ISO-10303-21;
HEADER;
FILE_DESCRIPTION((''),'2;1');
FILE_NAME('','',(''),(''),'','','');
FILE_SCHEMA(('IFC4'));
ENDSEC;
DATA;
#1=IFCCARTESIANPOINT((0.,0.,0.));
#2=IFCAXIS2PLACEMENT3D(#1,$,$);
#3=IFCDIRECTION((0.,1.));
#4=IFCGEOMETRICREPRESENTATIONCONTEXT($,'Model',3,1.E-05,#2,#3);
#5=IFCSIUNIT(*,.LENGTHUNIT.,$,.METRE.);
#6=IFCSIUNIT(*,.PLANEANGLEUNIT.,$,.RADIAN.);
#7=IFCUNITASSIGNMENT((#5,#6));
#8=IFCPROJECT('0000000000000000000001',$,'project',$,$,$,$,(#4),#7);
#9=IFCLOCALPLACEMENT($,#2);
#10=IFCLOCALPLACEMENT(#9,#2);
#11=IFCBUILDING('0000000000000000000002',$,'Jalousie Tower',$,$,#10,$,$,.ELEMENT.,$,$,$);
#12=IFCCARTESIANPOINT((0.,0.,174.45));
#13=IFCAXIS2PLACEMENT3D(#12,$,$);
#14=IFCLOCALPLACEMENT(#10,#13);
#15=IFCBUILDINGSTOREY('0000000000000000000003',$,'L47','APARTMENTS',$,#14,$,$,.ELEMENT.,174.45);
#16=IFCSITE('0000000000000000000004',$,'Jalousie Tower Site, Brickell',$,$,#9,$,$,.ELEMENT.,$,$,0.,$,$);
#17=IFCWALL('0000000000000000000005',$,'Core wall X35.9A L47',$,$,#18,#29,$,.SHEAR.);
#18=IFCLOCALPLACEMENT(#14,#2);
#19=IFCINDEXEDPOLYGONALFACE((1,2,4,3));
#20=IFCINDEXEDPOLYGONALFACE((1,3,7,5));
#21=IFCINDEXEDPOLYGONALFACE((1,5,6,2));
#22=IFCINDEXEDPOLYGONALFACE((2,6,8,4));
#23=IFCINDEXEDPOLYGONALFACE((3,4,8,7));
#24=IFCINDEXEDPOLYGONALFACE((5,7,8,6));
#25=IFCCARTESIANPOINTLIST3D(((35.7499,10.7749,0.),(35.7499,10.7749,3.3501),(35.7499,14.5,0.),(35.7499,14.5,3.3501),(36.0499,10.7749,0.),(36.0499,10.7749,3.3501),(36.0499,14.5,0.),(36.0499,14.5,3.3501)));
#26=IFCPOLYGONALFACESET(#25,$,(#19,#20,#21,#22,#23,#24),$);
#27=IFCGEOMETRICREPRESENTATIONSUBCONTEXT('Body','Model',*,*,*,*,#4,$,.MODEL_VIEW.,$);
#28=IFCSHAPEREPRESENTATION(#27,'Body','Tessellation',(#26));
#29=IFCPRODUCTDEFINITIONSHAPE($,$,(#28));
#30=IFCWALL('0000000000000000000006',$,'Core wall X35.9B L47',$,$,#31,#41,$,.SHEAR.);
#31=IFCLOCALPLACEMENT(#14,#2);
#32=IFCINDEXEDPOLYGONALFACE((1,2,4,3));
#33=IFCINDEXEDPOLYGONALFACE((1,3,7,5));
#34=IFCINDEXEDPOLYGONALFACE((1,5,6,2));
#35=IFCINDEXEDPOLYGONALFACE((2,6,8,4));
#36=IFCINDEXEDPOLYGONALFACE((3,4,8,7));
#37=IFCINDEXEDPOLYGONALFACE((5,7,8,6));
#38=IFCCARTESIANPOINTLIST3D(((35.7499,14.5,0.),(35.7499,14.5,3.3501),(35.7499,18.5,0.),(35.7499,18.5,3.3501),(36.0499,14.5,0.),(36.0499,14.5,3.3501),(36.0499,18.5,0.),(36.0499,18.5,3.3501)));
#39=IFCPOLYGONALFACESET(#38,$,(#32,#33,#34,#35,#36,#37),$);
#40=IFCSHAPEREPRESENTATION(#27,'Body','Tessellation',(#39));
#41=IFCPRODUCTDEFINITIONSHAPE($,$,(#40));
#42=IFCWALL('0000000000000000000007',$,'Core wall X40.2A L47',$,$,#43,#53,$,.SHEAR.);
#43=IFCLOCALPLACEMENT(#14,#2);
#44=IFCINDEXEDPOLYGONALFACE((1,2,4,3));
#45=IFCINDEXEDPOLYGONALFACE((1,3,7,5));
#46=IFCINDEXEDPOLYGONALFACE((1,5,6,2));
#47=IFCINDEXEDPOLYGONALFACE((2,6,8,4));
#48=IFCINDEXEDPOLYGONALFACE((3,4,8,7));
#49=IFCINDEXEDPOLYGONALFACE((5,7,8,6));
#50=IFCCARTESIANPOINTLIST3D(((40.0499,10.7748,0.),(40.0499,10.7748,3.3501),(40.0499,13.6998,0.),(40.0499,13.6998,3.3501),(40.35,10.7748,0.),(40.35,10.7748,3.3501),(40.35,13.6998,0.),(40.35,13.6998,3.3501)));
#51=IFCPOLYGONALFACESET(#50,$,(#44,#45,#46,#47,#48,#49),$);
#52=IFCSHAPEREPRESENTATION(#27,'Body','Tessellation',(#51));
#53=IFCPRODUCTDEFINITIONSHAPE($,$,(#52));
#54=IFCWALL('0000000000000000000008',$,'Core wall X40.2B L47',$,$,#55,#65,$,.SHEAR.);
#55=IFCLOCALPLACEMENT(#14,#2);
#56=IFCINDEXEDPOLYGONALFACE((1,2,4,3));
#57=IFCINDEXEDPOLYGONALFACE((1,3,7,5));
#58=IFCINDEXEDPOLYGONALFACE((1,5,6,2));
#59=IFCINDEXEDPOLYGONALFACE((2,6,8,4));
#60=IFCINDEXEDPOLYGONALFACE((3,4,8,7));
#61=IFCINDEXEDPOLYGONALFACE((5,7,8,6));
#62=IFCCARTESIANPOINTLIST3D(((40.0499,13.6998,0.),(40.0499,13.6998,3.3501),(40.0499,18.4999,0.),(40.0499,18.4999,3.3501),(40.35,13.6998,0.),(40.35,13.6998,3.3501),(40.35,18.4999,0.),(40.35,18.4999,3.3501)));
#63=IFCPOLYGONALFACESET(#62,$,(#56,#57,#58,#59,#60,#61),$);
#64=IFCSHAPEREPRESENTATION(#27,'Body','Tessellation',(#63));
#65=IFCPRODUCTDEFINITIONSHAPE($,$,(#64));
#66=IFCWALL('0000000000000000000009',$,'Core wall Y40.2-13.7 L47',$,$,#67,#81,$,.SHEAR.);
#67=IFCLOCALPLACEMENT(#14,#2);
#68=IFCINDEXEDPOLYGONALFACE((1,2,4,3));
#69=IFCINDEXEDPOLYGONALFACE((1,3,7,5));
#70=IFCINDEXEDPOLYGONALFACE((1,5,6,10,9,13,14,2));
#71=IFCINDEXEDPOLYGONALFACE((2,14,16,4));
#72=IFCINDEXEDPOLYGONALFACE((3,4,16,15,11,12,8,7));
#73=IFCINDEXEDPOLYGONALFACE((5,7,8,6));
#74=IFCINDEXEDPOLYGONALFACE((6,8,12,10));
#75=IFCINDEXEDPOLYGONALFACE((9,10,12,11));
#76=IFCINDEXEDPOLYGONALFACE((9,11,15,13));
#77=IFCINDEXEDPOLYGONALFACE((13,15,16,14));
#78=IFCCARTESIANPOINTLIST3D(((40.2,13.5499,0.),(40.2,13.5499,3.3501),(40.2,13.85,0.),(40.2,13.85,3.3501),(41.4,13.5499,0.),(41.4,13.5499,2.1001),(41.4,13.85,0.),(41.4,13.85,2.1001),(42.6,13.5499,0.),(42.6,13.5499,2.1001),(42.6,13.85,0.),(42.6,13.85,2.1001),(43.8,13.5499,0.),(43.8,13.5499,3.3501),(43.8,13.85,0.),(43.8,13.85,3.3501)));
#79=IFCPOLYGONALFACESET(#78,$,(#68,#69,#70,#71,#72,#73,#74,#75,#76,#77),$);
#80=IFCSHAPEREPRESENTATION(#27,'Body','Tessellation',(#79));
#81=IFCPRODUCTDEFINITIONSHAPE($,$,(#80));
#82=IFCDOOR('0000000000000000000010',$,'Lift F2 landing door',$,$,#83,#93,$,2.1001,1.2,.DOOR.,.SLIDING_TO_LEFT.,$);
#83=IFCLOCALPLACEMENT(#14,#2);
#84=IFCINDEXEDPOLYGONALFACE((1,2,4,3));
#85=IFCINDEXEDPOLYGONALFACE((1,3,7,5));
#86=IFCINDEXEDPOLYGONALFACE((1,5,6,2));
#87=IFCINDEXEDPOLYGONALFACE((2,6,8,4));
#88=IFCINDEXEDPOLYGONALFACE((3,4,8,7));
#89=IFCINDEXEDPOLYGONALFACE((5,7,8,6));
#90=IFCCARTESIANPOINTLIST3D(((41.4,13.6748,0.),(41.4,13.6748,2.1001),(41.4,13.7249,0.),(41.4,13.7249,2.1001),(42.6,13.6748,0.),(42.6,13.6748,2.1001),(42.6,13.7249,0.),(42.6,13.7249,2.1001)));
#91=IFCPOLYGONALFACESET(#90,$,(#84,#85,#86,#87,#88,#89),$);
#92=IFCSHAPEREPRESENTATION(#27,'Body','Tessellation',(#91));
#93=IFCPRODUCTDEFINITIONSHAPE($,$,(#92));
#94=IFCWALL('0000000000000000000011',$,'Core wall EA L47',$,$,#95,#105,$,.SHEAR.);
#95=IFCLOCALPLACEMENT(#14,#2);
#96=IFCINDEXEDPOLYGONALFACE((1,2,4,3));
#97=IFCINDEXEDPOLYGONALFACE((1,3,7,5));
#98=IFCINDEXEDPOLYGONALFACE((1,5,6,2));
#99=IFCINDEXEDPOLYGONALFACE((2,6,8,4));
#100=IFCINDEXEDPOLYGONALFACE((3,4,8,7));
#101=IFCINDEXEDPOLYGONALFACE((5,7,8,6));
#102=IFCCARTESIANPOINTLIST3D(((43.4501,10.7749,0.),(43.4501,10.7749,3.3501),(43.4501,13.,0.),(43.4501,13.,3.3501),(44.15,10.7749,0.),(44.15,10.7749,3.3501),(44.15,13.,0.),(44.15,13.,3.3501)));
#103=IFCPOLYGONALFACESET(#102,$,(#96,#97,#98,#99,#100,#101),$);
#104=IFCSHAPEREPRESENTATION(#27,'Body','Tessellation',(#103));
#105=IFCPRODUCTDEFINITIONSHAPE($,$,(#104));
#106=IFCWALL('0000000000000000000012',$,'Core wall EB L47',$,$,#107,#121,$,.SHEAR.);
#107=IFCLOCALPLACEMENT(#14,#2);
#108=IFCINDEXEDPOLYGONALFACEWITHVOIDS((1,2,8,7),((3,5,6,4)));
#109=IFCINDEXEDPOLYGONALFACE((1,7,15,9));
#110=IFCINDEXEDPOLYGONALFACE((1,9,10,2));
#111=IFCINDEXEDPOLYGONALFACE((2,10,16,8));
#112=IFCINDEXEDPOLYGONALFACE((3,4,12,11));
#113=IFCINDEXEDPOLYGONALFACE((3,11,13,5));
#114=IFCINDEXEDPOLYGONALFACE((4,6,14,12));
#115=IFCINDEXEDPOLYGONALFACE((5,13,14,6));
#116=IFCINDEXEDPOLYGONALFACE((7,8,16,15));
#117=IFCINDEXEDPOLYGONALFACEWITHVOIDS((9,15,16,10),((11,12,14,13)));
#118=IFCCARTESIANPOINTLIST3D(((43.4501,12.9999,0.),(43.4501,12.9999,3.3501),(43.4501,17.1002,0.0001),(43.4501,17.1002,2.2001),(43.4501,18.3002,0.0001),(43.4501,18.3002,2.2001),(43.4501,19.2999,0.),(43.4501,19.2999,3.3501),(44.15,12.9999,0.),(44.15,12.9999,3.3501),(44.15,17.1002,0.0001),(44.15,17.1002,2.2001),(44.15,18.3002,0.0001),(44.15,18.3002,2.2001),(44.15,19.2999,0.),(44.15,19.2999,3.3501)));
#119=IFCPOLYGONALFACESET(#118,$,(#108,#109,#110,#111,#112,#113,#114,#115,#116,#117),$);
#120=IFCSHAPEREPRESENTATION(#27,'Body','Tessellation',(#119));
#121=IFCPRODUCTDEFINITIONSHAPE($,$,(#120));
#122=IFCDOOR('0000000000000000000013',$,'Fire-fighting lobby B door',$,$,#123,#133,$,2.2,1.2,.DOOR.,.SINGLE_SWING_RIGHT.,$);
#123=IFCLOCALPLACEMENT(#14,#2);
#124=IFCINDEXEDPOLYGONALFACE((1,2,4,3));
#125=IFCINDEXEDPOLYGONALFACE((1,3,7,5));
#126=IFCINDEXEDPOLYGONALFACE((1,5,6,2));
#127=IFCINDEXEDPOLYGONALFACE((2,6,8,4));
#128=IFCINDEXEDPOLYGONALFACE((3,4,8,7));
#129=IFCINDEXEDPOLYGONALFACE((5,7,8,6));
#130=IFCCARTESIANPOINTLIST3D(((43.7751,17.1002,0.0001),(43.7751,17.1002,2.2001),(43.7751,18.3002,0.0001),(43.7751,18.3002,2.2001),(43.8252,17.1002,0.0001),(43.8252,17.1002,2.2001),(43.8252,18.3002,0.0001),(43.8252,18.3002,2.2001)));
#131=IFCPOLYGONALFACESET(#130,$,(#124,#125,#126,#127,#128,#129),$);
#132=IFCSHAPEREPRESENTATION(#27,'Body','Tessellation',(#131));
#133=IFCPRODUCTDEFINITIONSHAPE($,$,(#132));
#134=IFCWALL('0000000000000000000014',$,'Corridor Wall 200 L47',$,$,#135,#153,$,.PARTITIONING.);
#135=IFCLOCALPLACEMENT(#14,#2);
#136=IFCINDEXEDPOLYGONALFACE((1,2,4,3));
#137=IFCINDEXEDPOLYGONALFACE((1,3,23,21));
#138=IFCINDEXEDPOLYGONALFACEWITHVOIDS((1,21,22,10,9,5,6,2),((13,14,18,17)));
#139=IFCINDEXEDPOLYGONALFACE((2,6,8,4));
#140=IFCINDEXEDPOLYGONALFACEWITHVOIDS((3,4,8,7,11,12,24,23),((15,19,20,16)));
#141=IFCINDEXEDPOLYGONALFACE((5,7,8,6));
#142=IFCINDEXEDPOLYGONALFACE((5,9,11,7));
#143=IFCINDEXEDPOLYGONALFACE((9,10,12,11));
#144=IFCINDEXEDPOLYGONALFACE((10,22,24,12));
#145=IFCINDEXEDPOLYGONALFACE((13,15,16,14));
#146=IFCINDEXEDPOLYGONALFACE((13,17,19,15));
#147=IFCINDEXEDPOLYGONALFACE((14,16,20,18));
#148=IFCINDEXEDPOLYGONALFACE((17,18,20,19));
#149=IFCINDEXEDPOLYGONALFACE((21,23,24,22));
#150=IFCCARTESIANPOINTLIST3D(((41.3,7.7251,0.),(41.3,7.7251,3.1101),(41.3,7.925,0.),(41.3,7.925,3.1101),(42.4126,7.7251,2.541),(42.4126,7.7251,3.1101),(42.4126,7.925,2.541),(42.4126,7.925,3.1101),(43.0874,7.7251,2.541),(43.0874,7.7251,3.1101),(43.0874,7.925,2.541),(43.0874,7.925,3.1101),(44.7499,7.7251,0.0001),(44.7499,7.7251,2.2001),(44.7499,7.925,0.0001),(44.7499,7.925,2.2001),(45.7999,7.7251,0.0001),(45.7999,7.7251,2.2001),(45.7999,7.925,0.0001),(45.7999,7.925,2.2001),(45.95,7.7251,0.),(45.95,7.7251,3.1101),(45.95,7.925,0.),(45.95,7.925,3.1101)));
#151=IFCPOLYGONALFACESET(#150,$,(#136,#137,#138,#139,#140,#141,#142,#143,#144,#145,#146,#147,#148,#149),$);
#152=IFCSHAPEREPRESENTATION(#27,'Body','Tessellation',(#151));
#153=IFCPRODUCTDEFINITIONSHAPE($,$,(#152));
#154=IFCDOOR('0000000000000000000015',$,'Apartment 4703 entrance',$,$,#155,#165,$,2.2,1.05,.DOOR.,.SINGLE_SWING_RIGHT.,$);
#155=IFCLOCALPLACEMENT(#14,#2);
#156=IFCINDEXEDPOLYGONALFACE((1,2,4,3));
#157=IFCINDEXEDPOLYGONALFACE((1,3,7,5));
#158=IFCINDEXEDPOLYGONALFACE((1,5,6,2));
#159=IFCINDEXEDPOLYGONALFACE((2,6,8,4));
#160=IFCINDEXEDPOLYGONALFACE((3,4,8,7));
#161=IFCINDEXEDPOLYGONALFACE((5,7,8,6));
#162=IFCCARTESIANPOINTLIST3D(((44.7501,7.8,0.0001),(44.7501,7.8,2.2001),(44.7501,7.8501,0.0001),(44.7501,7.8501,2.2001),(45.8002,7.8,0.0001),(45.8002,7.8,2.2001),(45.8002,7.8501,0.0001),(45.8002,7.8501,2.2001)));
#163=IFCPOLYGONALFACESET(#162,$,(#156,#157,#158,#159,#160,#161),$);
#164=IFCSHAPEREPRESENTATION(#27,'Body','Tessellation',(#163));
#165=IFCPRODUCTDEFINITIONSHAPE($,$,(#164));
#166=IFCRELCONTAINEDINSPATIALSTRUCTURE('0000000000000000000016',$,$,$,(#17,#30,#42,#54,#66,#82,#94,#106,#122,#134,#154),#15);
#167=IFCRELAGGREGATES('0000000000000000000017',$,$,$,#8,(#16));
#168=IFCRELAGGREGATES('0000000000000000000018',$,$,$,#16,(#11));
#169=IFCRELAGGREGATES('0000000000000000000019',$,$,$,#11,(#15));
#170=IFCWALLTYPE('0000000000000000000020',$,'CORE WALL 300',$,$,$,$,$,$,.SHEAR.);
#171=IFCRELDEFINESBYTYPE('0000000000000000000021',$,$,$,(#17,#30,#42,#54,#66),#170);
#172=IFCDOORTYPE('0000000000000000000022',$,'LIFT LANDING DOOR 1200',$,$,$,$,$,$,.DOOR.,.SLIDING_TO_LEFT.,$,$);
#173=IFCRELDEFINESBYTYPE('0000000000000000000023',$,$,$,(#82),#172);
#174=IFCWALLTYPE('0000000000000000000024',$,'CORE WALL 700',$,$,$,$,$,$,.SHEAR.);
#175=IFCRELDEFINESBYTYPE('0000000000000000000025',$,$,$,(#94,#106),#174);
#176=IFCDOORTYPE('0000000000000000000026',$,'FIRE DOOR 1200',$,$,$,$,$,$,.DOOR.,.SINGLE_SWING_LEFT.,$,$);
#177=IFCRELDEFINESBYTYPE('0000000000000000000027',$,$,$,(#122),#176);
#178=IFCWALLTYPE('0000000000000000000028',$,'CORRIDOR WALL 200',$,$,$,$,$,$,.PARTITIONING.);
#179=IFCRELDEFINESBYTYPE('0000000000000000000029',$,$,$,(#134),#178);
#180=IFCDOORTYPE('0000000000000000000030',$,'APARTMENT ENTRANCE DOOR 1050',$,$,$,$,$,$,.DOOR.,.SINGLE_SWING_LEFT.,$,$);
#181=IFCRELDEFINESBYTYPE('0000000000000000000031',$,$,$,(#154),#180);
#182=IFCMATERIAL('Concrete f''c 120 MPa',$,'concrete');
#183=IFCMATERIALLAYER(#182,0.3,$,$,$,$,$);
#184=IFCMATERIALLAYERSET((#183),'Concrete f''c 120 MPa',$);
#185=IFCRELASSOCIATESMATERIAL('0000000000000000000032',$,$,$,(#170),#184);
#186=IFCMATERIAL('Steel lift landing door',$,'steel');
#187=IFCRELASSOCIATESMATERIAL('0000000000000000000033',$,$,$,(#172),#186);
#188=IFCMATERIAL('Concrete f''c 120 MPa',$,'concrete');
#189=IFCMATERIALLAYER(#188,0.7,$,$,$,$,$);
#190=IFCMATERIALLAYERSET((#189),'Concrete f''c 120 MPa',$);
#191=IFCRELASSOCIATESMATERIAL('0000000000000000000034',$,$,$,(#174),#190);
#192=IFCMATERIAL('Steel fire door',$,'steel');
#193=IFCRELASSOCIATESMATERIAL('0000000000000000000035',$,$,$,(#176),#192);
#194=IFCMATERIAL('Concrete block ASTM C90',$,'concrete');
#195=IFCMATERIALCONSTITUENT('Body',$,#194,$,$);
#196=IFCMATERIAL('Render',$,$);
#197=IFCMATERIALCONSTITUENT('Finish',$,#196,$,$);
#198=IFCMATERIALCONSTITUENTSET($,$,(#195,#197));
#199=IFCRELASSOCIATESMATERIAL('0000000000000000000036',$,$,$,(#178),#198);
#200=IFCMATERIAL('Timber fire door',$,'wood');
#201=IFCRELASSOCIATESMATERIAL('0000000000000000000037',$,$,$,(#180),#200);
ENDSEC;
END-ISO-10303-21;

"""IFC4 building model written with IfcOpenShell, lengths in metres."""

from ifc_helpers import new_model, si_unit, direction, frame, frame_2d, origin, place, context, subcontext, project, spatial, polyline, rectangle, outline, extrude, material, layer, layer_set, constituent, constituent_set, type_object, element, fill, save


model = new_model("IFC4")

# Units and contexts
model_context = context("Model", 3, precision=1e-05, world=origin(), true_north=direction((0.0, 1.0)))
body_context = subcontext(model_context, "Body", "Model", "MODEL_VIEW")
ifc_project = project(units=[si_unit("LENGTHUNIT", "METRE"), si_unit("PLANEANGLEUNIT", "RADIAN")], contexts=[model_context])

# Site, building, storey
site_placement = place(None, origin())
site = spatial("IfcSite", under=ifc_project, at=site_placement, Name="Jalousie Tower Site, Brickell", CompositionType="ELEMENT", RefElevation=0.0)
building_placement = place(site_placement, origin())
building = spatial("IfcBuilding", under=site, at=building_placement, Name="Jalousie Tower", CompositionType="ELEMENT")
storey_placement = place(building_placement, frame((0.0, 0.0, 174.45)))
storey = spatial("IfcBuildingStorey", under=building, at=storey_placement, Name="L47", Description="APARTMENTS", CompositionType="ELEMENT", Elevation=174.45)

# Walls
ifc_material_1 = material(Name="Concrete f'c 120 MPa", Category="concrete")
ifc_layer_1 = layer(ifc_material_1, 0.3)
ifc_layer_set_1 = layer_set([ifc_layer_1], Name="Concrete f'c 120 MPa")
wall_type_1 = type_object("IfcWallType", Name="CORE WALL 300", PredefinedType="SHEAR", material=ifc_layer_set_1)
wall_1_placement = place(storey_placement, frame((35.8999, 10.7749, 0.0), z_axis=(0.0, 0.0, 1.0), x_axis=(0.0, 1.0, 0.0)))
element("IfcWall", 1, at=wall_1_placement, inside=storey, type_object=wall_type_1, Name="Core wall X35.9A L47", PredefinedType="SHEAR", context=body_context, shape_type="SweptSolid", body=[
    extrude(rectangle(XDim=3.7251, YDim=0.3, at=frame_2d((1.8625, 0.0))), origin(), (0.0, 0.0, 1.0), 3.3501),
])
wall_2_placement = place(storey_placement, frame((35.8999, 14.5, 0.0), z_axis=(0.0, 0.0, 1.0), x_axis=(0.0, 1.0, 0.0)))
element("IfcWall", 2, at=wall_2_placement, inside=storey, type_object=wall_type_1, Name="Core wall X35.9B L47", PredefinedType="SHEAR", context=body_context, shape_type="SweptSolid", body=[
    extrude(rectangle(XDim=4.0, YDim=0.3, at=frame_2d((2.0, 0.0))), origin(), (0.0, 0.0, 1.0), 3.3501),
])
wall_3_placement = place(storey_placement, frame((40.2, 10.7749, 0.0), z_axis=(0.0, 0.0, 1.0), x_axis=(0.0, 1.0, 0.0)))
element("IfcWall", 3, at=wall_3_placement, inside=storey, type_object=wall_type_1, Name="Core wall X40.2A L47", PredefinedType="SHEAR", context=body_context, shape_type="SweptSolid", body=[
    extrude(rectangle(XDim=2.925, YDim=0.3, at=frame_2d((1.4624, 0.0))), origin(), (0.0, 0.0, 1.0), 3.3501),
])
wall_4_placement = place(storey_placement, frame((40.2, 13.7, 0.0), z_axis=(0.0, 0.0, 1.0), x_axis=(0.0, 1.0, 0.0)))
element("IfcWall", 4, at=wall_4_placement, inside=storey, type_object=wall_type_1, Name="Core wall X40.2B L47", PredefinedType="SHEAR", context=body_context, shape_type="SweptSolid", body=[
    extrude(rectangle(XDim=4.8, YDim=0.3, at=frame_2d((2.3999, 0.0))), origin(), (0.0, 0.0, 1.0), 3.3501),
])

# Wall, opening, door
wall_5_placement = place(storey_placement, frame((40.2, 13.7, 0.0), z_axis=(0.0, 0.0, 1.0), x_axis=(1.0, 0.0, 0.0)))
wall_5 = element("IfcWall", 5, at=wall_5_placement, inside=storey, type_object=wall_type_1, Name="Core wall Y40.2-13.7 L47", PredefinedType="SHEAR", context=body_context, shape_type="SweptSolid", body=[
    extrude(rectangle(XDim=3.6001, YDim=0.3, at=frame_2d((1.8, 0.0))), origin(), (0.0, 0.0, 1.0), 3.3501),
])
opening_1_placement = place(wall_5_placement, frame((1.2, 0.0, 0.0)))
opening_1 = element("IfcOpeningElement", 6, at=opening_1_placement, cuts=wall_5, PredefinedType="OPENING", context=body_context, shape_type="SweptSolid", body=[
    extrude(rectangle(XDim=1.2, YDim=2.1001, at=frame_2d((0.6001, 1.05))), frame((0.0, 0.1599, 0.0), z_axis=(0.0, -1.0, 0.0), x_axis=(1.0, 0.0, 0.0)), (0.0, 0.0, 1.0), 0.3201),
])
ifc_material_2 = material(Name="Steel lift landing door", Category="steel")
door_type_1 = type_object("IfcDoorType", Name="LIFT LANDING DOOR 1200", OperationType="SLIDING_TO_LEFT", PredefinedType="DOOR", material=ifc_material_2)
door_1_placement = place(opening_1_placement, origin())
door_1 = element("IfcDoor", 7, at=door_1_placement, inside=storey, type_object=door_type_1, Name="Lift F2 landing door", OperationType="SLIDING_TO_LEFT", OverallHeight=2.1001, OverallWidth=1.2, PredefinedType="DOOR", context=body_context, shape_type="SweptSolid", body=[
    extrude(rectangle(XDim=1.2, YDim=2.1001, at=frame_2d((0.6001, 1.05))), frame((0.0, 0.0249, 0.0), z_axis=(0.0, -1.0, 0.0), x_axis=(1.0, 0.0, 0.0)), (0.0, 0.0, 1.0), 0.05),
])
fill(opening_1, door_1)

# Wall
ifc_material_3 = material(Name="Concrete f'c 120 MPa", Category="concrete")
ifc_layer_2 = layer(ifc_material_3, 0.7)
ifc_layer_set_2 = layer_set([ifc_layer_2], Name="Concrete f'c 120 MPa")
wall_type_2 = type_object("IfcWallType", Name="CORE WALL 700", PredefinedType="SHEAR", material=ifc_layer_set_2)
wall_6_placement = place(storey_placement, frame((43.8, 10.7749, 0.0), z_axis=(0.0, 0.0, 1.0), x_axis=(0.0, 1.0, 0.0)))
element("IfcWall", 8, at=wall_6_placement, inside=storey, type_object=wall_type_2, Name="Core wall EA L47", PredefinedType="SHEAR", context=body_context, shape_type="SweptSolid", body=[
    extrude(rectangle(XDim=2.2251, YDim=0.7, at=frame_2d((1.1125, 0.0))), origin(), (0.0, 0.0, 1.0), 3.3501),
])

# Walls, openings, doors
wall_7_placement = place(storey_placement, frame((43.8, 13.0, 0.0), z_axis=(0.0, 0.0, 1.0), x_axis=(0.0, 1.0, 0.0)))
wall_7 = element("IfcWall", 9, at=wall_7_placement, inside=storey, type_object=wall_type_2, Name="Core wall EB L47", PredefinedType="SHEAR", context=body_context, shape_type="SweptSolid", body=[
    extrude(rectangle(XDim=6.3, YDim=0.7, at=frame_2d((3.1499, 0.0))), origin(), (0.0, 0.0, 1.0), 3.3501),
])
opening_2_placement = place(wall_7_placement, frame((4.1001, 0.0, 0.0)))
opening_2 = element("IfcOpeningElement", 10, at=opening_2_placement, cuts=wall_7, PredefinedType="OPENING", context=body_context, shape_type="SweptSolid", body=[
    extrude(rectangle(XDim=1.2, YDim=2.2, at=frame_2d((0.6001, 1.1001))), frame((0.0, 0.3599, 0.0), z_axis=(0.0, -1.0, 0.0), x_axis=(1.0, 0.0, 0.0)), (0.0, 0.0, 1.0), 0.72),
])
ifc_material_4 = material(Name="Steel fire door", Category="steel")
door_type_2 = type_object("IfcDoorType", Name="FIRE DOOR 1200", OperationType="SINGLE_SWING_LEFT", PredefinedType="DOOR", material=ifc_material_4)
door_2_placement = place(opening_2_placement, origin())
door_2 = element("IfcDoor", 11, at=door_2_placement, inside=storey, type_object=door_type_2, Name="Fire-fighting lobby B door", OperationType="SINGLE_SWING_RIGHT", OverallHeight=2.2, OverallWidth=1.2, PredefinedType="DOOR", context=body_context, shape_type="SweptSolid", body=[
    extrude(rectangle(XDim=1.2, YDim=2.2, at=frame_2d((0.6001, 1.1001))), frame((0.0, 0.0249, 0.0), z_axis=(0.0, -1.0, 0.0), x_axis=(1.0, 0.0, 0.0)), (0.0, 0.0, 1.0), 0.05),
])
fill(opening_2, door_2)
ifc_material_5 = material(Name="Concrete block ASTM C90", Category="concrete")
ifc_constituent_1 = constituent(ifc_material_5, Name="Body")
ifc_material_6 = material(Name="Render")
ifc_constituent_2 = constituent(ifc_material_6, Name="Finish")
ifc_constituent_set_1 = constituent_set(constituents=[ifc_constituent_1, ifc_constituent_2])
wall_type_3 = type_object("IfcWallType", Name="CORRIDOR WALL 200", PredefinedType="PARTITIONING", material=ifc_constituent_set_1)
wall_8_placement = place(storey_placement, frame((41.3, 7.825, 0.0), z_axis=(0.0, 0.0, 1.0), x_axis=(1.0, 0.0, 0.0)))
wall_8 = element("IfcWall", 12, at=wall_8_placement, inside=storey, type_object=wall_type_3, Name="Corridor Wall 200 L47", PredefinedType="PARTITIONING", context=body_context, shape_type="SweptSolid", body=[
    extrude(outline(polyline([(0.0, 0.0), (4.6499, 0.0), (4.6499, 3.1101), (1.7874, 3.1101), (1.7874, 2.541), (1.1125, 2.541), (1.1125, 3.1101), (0.0, 3.1101), (0.0, 0.0)])), frame((0.0, 0.1001, 0.0), z_axis=(0.0, -1.0, 0.0), x_axis=(1.0, 0.0, 0.0)), (0.0, 0.0, 1.0), 0.2),
])
opening_3_placement = place(wall_8_placement, frame((3.45, 0.0, 0.0)))
opening_3 = element("IfcOpeningElement", 13, at=opening_3_placement, cuts=wall_8, PredefinedType="OPENING", context=body_context, shape_type="SweptSolid", body=[
    extrude(rectangle(XDim=1.05, YDim=2.2, at=frame_2d((0.5249, 1.1001))), frame((0.0, 0.1099, 0.0), z_axis=(0.0, -1.0, 0.0), x_axis=(1.0, 0.0, 0.0)), (0.0, 0.0, 1.0), 0.22),
])
ifc_material_7 = material(Name="Timber fire door", Category="wood")
door_type_3 = type_object("IfcDoorType", Name="APARTMENT ENTRANCE DOOR 1050", OperationType="SINGLE_SWING_LEFT", PredefinedType="DOOR", material=ifc_material_7)
door_3_placement = place(opening_3_placement, frame((1.05, 0.0, 0.0), z_axis=(0.0, 0.0, 1.0), x_axis=(-1.0, 0.0, 0.0)))
door_3 = element("IfcDoor", 14, at=door_3_placement, inside=storey, type_object=door_type_3, Name="Apartment 4703 entrance", OperationType="SINGLE_SWING_RIGHT", OverallHeight=2.2, OverallWidth=1.05, PredefinedType="DOOR", context=body_context, shape_type="SweptSolid", body=[
    extrude(rectangle(XDim=1.05, YDim=2.2, at=frame_2d((0.5249, 1.1001))), frame((0.0, 0.0249, 0.0), z_axis=(0.0, -1.0, 0.0), x_axis=(1.0, 0.0, 0.0)), (0.0, 0.0, 1.0), 0.05),
])
fill(opening_3, door_3)

save(model, "model.ifc")
